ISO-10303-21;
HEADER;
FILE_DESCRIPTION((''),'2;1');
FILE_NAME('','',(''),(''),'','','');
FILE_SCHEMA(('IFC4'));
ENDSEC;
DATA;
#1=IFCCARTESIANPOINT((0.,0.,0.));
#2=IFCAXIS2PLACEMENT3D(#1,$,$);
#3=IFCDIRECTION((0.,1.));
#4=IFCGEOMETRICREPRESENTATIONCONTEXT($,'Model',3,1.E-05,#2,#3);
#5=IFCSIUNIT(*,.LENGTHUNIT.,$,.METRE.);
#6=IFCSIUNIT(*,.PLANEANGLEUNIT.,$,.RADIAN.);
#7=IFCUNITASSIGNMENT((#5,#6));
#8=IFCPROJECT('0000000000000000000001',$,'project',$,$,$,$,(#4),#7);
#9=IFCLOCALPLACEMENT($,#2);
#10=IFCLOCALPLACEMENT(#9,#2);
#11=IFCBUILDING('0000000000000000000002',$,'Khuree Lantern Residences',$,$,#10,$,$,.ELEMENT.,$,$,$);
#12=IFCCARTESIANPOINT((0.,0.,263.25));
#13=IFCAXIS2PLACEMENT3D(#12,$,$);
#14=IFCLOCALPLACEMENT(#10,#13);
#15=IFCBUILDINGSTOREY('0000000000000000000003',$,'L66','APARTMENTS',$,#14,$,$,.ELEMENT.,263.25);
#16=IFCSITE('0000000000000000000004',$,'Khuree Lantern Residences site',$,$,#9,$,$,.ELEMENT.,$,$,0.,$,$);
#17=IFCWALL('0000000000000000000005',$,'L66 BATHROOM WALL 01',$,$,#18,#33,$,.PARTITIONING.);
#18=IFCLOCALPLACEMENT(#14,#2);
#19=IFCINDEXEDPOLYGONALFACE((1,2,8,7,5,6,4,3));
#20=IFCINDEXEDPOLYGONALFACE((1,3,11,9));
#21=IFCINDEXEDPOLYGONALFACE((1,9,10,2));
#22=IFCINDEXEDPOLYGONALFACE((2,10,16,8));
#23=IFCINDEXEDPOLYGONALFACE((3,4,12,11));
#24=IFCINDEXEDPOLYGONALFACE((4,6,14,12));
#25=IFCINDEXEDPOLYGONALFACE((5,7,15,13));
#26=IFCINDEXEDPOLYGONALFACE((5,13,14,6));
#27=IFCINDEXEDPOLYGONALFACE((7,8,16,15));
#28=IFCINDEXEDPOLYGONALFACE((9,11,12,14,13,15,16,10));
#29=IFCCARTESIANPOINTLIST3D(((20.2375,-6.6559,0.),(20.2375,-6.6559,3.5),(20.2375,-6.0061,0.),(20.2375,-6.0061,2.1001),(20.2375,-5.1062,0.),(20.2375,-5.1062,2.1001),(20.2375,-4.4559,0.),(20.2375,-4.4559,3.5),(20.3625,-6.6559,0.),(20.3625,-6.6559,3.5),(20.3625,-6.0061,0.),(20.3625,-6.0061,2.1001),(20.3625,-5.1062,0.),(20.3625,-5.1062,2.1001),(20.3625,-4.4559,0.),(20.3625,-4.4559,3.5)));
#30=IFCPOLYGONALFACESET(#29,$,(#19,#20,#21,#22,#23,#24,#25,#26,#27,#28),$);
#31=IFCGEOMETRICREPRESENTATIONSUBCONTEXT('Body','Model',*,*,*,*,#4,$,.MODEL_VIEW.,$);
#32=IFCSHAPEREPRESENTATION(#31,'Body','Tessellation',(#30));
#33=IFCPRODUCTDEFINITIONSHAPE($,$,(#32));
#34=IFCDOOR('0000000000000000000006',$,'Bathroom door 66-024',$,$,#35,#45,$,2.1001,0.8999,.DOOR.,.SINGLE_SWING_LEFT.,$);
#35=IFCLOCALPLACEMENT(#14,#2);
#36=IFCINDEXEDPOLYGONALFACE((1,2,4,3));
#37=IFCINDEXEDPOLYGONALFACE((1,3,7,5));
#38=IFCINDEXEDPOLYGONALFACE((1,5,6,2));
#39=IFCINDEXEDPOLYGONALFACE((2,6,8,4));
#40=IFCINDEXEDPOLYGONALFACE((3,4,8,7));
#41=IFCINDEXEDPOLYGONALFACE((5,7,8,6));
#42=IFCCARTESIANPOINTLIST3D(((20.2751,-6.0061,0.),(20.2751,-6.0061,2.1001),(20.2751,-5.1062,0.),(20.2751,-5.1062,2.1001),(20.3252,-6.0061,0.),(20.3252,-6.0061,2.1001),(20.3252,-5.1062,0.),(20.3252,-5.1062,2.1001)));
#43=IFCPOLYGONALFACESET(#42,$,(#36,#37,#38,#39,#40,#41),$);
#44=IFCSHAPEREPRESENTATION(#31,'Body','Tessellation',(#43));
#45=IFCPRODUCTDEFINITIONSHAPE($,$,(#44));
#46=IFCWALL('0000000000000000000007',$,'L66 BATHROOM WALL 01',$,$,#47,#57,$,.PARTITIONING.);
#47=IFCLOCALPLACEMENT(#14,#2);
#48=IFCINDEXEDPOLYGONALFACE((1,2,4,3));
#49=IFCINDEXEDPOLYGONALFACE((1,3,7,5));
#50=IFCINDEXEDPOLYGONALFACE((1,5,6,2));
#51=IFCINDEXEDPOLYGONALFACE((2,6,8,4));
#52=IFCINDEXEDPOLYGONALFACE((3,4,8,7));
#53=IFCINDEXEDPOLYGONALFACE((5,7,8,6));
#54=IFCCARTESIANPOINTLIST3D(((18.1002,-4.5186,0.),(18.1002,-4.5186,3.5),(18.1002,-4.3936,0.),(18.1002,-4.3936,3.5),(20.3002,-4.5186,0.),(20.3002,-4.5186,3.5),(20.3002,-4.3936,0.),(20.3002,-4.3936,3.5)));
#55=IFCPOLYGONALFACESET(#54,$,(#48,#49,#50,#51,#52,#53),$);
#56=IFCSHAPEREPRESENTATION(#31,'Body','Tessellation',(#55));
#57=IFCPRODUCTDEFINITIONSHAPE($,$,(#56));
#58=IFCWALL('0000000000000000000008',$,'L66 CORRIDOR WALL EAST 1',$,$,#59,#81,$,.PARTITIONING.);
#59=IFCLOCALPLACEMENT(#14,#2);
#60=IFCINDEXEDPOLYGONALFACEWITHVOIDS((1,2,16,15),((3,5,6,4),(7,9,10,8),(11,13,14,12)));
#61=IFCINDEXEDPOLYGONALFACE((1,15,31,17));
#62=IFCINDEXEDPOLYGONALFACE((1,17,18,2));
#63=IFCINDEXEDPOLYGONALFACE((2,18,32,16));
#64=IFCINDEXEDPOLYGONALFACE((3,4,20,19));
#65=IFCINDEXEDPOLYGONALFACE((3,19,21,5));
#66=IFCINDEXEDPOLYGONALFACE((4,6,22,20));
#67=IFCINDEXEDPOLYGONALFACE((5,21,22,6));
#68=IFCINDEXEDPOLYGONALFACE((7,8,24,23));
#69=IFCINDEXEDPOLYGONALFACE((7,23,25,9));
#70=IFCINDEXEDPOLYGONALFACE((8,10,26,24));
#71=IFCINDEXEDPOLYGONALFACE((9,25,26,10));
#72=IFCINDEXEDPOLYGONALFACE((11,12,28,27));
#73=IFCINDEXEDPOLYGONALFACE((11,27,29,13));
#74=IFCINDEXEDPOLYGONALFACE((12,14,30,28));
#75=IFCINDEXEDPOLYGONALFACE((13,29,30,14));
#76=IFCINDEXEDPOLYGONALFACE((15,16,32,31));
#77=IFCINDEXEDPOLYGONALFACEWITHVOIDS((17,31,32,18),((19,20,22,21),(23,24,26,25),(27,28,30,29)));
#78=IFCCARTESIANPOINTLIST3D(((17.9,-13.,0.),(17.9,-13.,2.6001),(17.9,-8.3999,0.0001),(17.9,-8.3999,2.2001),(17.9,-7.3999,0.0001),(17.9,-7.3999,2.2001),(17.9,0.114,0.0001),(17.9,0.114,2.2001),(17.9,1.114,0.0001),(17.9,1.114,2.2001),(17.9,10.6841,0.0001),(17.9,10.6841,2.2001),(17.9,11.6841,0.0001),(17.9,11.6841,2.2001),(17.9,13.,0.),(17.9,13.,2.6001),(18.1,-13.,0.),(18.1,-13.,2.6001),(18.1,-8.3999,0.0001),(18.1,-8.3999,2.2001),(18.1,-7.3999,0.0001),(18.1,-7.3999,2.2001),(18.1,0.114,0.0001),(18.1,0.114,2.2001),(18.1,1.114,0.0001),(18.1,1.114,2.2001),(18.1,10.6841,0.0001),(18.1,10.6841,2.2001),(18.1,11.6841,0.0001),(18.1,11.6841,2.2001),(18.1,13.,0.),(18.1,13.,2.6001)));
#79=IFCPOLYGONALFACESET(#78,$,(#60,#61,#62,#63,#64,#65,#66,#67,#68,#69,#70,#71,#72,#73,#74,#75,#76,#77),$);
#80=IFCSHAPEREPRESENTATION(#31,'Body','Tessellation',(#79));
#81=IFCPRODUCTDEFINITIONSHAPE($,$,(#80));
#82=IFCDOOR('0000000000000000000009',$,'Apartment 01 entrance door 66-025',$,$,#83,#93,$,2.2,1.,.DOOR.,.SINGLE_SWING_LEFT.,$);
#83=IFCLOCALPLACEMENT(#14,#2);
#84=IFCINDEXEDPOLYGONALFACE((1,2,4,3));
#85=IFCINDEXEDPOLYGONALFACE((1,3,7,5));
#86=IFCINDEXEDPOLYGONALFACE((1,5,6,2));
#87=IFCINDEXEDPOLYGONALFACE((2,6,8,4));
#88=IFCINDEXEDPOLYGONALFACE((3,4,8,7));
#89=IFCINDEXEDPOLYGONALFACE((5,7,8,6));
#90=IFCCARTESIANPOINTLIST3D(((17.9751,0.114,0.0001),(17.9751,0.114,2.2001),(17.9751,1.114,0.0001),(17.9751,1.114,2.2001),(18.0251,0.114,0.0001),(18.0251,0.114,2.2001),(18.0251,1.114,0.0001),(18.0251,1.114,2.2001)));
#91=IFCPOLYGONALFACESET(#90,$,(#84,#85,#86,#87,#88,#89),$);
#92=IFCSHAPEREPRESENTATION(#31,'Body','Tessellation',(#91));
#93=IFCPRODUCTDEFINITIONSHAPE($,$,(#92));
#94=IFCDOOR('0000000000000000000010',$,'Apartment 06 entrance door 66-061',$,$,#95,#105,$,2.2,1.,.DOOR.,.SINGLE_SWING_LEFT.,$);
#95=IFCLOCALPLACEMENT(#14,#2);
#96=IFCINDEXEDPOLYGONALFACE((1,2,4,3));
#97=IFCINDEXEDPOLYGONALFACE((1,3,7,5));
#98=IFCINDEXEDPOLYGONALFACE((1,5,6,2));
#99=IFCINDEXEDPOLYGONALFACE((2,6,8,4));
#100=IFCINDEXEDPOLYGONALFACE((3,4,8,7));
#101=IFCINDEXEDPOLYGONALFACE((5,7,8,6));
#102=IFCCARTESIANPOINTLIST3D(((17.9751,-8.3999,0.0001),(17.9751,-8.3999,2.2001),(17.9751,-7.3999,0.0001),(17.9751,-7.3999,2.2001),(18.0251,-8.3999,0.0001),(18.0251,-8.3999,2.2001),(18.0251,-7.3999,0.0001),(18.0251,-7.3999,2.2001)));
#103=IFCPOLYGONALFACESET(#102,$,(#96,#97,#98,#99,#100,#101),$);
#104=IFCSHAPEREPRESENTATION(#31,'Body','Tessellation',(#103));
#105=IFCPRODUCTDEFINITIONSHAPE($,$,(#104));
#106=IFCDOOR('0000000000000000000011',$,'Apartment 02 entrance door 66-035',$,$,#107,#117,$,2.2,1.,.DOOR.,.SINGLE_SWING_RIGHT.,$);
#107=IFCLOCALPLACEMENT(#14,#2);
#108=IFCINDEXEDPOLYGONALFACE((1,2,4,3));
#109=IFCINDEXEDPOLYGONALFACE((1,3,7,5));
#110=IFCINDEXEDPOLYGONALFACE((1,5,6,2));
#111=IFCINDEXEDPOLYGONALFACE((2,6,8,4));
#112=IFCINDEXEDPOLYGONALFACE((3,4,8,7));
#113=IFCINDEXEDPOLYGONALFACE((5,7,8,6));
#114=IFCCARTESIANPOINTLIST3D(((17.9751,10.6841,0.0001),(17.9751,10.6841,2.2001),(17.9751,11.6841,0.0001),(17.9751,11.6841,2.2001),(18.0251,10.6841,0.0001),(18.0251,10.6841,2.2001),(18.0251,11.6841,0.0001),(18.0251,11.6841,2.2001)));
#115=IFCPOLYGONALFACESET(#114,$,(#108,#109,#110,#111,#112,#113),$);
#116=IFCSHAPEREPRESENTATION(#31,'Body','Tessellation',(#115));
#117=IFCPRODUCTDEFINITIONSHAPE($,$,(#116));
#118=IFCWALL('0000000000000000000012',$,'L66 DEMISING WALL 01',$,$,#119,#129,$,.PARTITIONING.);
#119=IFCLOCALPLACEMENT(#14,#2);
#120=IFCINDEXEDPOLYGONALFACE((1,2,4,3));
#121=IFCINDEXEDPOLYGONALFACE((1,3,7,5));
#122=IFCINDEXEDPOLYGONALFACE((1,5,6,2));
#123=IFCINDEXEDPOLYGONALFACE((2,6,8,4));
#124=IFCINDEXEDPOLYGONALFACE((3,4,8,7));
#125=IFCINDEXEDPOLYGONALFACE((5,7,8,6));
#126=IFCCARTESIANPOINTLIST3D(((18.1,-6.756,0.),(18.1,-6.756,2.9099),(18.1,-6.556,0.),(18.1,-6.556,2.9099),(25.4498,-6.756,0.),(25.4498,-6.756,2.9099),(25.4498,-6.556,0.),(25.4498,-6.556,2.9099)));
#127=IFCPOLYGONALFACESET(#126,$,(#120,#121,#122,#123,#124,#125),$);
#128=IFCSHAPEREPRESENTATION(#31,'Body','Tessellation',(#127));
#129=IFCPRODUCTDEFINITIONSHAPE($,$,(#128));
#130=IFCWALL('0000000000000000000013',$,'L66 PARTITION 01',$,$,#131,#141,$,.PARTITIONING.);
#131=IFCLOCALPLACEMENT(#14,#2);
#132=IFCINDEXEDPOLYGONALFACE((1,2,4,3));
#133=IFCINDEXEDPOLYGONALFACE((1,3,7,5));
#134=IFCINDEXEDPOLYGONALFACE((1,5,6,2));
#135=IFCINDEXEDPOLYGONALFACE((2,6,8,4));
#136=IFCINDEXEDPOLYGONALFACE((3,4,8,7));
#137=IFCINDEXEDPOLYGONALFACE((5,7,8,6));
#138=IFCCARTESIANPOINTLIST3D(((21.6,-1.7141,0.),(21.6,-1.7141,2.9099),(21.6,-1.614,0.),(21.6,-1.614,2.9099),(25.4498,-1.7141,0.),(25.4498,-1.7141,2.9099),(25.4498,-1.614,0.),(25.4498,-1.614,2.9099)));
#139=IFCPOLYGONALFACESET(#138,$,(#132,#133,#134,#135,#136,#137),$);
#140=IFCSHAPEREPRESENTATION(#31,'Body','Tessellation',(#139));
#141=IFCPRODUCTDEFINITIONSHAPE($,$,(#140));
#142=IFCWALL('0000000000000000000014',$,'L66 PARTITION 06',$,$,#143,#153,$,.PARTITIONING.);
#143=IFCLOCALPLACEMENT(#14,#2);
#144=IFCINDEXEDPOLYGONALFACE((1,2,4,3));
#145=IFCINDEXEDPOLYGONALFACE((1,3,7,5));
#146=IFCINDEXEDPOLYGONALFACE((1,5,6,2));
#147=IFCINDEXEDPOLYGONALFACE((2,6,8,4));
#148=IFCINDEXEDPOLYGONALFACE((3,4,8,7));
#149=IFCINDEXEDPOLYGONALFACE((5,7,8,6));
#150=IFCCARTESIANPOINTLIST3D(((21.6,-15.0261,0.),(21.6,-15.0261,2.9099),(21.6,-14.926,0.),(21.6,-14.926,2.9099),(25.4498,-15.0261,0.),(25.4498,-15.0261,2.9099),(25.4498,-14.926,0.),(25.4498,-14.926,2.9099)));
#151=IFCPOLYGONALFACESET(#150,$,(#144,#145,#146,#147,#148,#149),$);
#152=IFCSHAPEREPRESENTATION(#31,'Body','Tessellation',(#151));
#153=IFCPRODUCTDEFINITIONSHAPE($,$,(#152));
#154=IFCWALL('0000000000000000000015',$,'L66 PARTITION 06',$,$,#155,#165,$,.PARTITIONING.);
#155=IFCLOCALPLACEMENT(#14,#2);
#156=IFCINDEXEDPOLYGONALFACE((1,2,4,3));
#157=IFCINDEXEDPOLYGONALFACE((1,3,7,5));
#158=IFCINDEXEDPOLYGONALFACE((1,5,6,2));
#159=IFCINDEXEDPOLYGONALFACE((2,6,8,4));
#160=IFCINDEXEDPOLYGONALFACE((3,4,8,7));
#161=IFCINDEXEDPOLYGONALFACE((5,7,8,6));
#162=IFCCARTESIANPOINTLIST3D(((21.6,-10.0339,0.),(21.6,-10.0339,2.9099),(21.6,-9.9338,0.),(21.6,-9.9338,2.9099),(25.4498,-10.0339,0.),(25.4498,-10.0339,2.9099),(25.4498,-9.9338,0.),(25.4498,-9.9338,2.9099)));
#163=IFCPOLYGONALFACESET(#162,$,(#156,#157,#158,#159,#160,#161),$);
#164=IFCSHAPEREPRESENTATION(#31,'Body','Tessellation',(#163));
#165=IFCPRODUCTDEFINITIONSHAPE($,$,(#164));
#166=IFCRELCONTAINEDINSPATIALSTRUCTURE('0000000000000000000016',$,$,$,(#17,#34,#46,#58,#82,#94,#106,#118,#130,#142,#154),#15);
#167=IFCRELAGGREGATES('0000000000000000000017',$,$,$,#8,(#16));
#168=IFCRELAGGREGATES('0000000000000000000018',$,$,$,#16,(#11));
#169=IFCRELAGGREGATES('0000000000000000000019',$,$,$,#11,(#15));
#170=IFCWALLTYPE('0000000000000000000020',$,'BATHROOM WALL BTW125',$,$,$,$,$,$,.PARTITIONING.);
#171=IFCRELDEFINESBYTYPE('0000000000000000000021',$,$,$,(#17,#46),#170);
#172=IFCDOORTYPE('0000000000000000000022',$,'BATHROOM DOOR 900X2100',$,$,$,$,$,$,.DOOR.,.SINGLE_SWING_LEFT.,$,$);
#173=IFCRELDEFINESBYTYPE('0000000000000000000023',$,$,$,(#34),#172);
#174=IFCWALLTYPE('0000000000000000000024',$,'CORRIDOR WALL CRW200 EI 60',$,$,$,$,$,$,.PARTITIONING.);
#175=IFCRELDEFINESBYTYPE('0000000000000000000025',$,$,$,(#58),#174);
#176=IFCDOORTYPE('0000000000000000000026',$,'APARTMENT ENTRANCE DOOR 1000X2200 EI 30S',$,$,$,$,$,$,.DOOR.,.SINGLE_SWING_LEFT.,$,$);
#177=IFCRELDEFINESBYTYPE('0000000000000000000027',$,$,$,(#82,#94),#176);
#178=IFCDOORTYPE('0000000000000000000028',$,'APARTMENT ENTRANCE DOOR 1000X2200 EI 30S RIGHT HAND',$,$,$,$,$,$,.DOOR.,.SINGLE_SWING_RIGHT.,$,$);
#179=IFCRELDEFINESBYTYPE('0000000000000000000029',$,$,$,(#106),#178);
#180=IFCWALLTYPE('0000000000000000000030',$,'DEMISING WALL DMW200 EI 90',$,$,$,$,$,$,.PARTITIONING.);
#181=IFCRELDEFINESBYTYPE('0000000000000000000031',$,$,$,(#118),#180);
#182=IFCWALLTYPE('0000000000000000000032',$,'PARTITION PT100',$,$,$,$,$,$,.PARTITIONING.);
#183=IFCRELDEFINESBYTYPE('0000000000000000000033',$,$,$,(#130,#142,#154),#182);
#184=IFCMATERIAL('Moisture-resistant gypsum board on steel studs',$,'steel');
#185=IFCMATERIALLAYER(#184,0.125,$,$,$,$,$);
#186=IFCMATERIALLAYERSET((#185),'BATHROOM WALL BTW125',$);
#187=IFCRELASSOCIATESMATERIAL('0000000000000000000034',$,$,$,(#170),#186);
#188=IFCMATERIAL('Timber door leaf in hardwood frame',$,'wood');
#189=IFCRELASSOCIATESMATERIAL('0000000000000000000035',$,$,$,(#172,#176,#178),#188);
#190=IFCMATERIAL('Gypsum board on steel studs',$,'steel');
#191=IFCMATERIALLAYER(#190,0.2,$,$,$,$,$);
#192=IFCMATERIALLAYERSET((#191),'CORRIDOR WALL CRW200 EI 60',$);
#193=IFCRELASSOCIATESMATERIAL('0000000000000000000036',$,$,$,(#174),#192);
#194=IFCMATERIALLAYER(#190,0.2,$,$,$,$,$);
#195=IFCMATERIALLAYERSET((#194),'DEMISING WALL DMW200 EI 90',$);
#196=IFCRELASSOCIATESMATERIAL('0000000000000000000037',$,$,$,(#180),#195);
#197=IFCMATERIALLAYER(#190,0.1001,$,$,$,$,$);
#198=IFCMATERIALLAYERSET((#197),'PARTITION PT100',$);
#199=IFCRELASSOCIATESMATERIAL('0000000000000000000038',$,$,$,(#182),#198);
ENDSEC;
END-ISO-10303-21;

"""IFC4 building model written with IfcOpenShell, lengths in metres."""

from ifc_helpers import new_model, si_unit, direction, frame, frame_2d, origin, place, context, subcontext, project, spatial, rectangle, extrude, material, layer, layer_set, type_object, element, fill, save


model = new_model("IFC4")

# Units and contexts
model_context = context("Model", 3, precision=1e-05, world=origin(), true_north=direction((0.0, 1.0)))
body_context = subcontext(model_context, "Body", "Model", "MODEL_VIEW")
ifc_project = project(units=[si_unit("LENGTHUNIT", "METRE"), si_unit("PLANEANGLEUNIT", "RADIAN")], contexts=[model_context])

# Site, building, storey
site_placement = place(None, origin())
site = spatial("IfcSite", under=ifc_project, at=site_placement, Name="Khuree Lantern Residences site", CompositionType="ELEMENT", RefElevation=0.0)
building_placement = place(site_placement, origin())
building = spatial("IfcBuilding", under=site, at=building_placement, Name="Khuree Lantern Residences", CompositionType="ELEMENT")
storey_placement = place(building_placement, frame((0.0, 0.0, 263.25)))
storey = spatial("IfcBuildingStorey", under=building, at=storey_placement, Name="L66", Description="APARTMENTS", CompositionType="ELEMENT", Elevation=263.25)

# Wall, opening, door
ifc_material_1 = material(Name="Moisture-resistant gypsum board on steel studs", Category="steel")
ifc_layer_1 = layer(ifc_material_1, 0.125)
ifc_layer_set_1 = layer_set([ifc_layer_1], Name="BATHROOM WALL BTW125")
wall_type_1 = type_object("IfcWallType", Name="BATHROOM WALL BTW125", PredefinedType="PARTITIONING", material=ifc_layer_set_1)
wall_1_placement = place(storey_placement, frame((20.3, -6.656, 0.0), z_axis=(0.0, 0.0, 1.0), x_axis=(0.0, 1.0, 0.0)))
wall_1 = element("IfcWall", 1, at=wall_1_placement, inside=storey, type_object=wall_type_1, Name="L66 BATHROOM WALL 01", PredefinedType="PARTITIONING", context=body_context, shape_type="SweptSolid", body=[
    extrude(rectangle(XDim=2.2, YDim=0.125, at=frame_2d((1.1001, 0.0))), origin(), (0.0, 0.0, 1.0), 3.5),
])
opening_1_placement = place(wall_1_placement, frame((0.6499, 0.0, 0.0)))
opening_1 = element("IfcOpeningElement", 2, at=opening_1_placement, cuts=wall_1, PredefinedType="OPENING", context=body_context, shape_type="SweptSolid", body=[
    extrude(rectangle(XDim=0.8999, YDim=2.1001, at=frame_2d((0.45, 1.05))), frame((0.0, 0.0725, 0.0), z_axis=(0.0, -1.0, 0.0), x_axis=(1.0, 0.0, 0.0)), (0.0, 0.0, 1.0), 0.145),
])
ifc_material_2 = material(Name="Timber door leaf in hardwood frame", Category="wood")
door_type_1 = type_object("IfcDoorType", Name="BATHROOM DOOR 900X2100", OperationType="SINGLE_SWING_LEFT", PredefinedType="DOOR", material=ifc_material_2)
door_1_placement = place(opening_1_placement, origin())
door_1 = element("IfcDoor", 3, at=door_1_placement, inside=storey, type_object=door_type_1, Name="Bathroom door 66-024", OperationType="SINGLE_SWING_LEFT", OverallHeight=2.1001, OverallWidth=0.8999, PredefinedType="DOOR", context=body_context, shape_type="SweptSolid", body=[
    extrude(rectangle(XDim=0.8999, YDim=2.1001, at=frame_2d((0.45, 1.05))), frame((0.0, 0.0249, 0.0), z_axis=(0.0, -1.0, 0.0), x_axis=(1.0, 0.0, 0.0)), (0.0, 0.0, 1.0), 0.05),
])
fill(opening_1, door_1)

# Wall
wall_2_placement = place(storey_placement, frame((18.1001, -4.4561, 0.0), z_axis=(0.0, 0.0, 1.0), x_axis=(1.0, 0.0, 0.0)))
element("IfcWall", 4, at=wall_2_placement, inside=storey, type_object=wall_type_1, Name="L66 BATHROOM WALL 01", PredefinedType="PARTITIONING", context=body_context, shape_type="SweptSolid", body=[
    extrude(rectangle(XDim=2.2, YDim=0.125, at=frame_2d((1.1001, 0.0))), origin(), (0.0, 0.0, 1.0), 3.5),
])

# Wall, openings, doors
ifc_material_3 = material(Name="Gypsum board on steel studs", Category="steel")
ifc_layer_2 = layer(ifc_material_3, 0.2)
ifc_layer_set_2 = layer_set([ifc_layer_2], Name="CORRIDOR WALL CRW200 EI 60")
wall_type_2 = type_object("IfcWallType", Name="CORRIDOR WALL CRW200 EI 60", PredefinedType="PARTITIONING", material=ifc_layer_set_2)
wall_3_placement = place(storey_placement, frame((18.0, -13.0, 0.0), z_axis=(0.0, 0.0, 1.0), x_axis=(0.0, 1.0, 0.0)))
wall_3 = element("IfcWall", 5, at=wall_3_placement, inside=storey, type_object=wall_type_2, Name="L66 CORRIDOR WALL EAST 1", PredefinedType="PARTITIONING", context=body_context, shape_type="SweptSolid", body=[
    extrude(rectangle(XDim=26.0, YDim=0.2, at=frame_2d((13.0, 0.0))), origin(), (0.0, 0.0, 1.0), 2.6001),
])
opening_2_placement = place(wall_3_placement, frame((13.114, 0.0, 0.0)))
opening_2 = element("IfcOpeningElement", 6, at=opening_2_placement, cuts=wall_3, PredefinedType="OPENING", context=body_context, shape_type="SweptSolid", body=[
    extrude(rectangle(XDim=1.0, YDim=2.2, at=frame_2d((0.5, 1.1001))), frame((0.0, 0.1099, 0.0), z_axis=(0.0, -1.0, 0.0), x_axis=(1.0, 0.0, 0.0)), (0.0, 0.0, 1.0), 0.22),
])
opening_3_placement = place(wall_3_placement, frame((23.6841, 0.0, 0.0)))
opening_3 = element("IfcOpeningElement", 7, at=opening_3_placement, cuts=wall_3, PredefinedType="OPENING", context=body_context, shape_type="SweptSolid", body=[
    extrude(rectangle(XDim=1.0, YDim=2.2, at=frame_2d((0.5, 1.1001))), frame((0.0, 0.1099, 0.0), z_axis=(0.0, -1.0, 0.0), x_axis=(1.0, 0.0, 0.0)), (0.0, 0.0, 1.0), 0.22),
])
opening_4_placement = place(wall_3_placement, frame((4.6001, 0.0, 0.0)))
opening_4 = element("IfcOpeningElement", 8, at=opening_4_placement, cuts=wall_3, PredefinedType="OPENING", context=body_context, shape_type="SweptSolid", body=[
    extrude(rectangle(XDim=1.0, YDim=2.2, at=frame_2d((0.5, 1.1001))), frame((0.0, 0.1099, 0.0), z_axis=(0.0, -1.0, 0.0), x_axis=(1.0, 0.0, 0.0)), (0.0, 0.0, 1.0), 0.22),
])
door_type_2 = type_object("IfcDoorType", Name="APARTMENT ENTRANCE DOOR 1000X2200 EI 30S", OperationType="SINGLE_SWING_LEFT", PredefinedType="DOOR", material=ifc_material_2)
door_2_placement = place(opening_2_placement, origin())
door_2 = element("IfcDoor", 9, at=door_2_placement, inside=storey, type_object=door_type_2, Name="Apartment 01 entrance door 66-025", OperationType="SINGLE_SWING_LEFT", OverallHeight=2.2, OverallWidth=1.0, PredefinedType="DOOR", context=body_context, shape_type="SweptSolid", body=[
    extrude(rectangle(XDim=1.0, YDim=2.2, at=frame_2d((0.5, 1.1001))), frame((0.0, 0.0249, 0.0), z_axis=(0.0, -1.0, 0.0), x_axis=(1.0, 0.0, 0.0)), (0.0, 0.0, 1.0), 0.05),
])
fill(opening_2, door_2)
door_3_placement = place(opening_4_placement, origin())
door_3 = element("IfcDoor", 10, at=door_3_placement, inside=storey, type_object=door_type_2, Name="Apartment 06 entrance door 66-061", OperationType="SINGLE_SWING_LEFT", OverallHeight=2.2, OverallWidth=1.0, PredefinedType="DOOR", context=body_context, shape_type="SweptSolid", body=[
    extrude(rectangle(XDim=1.0, YDim=2.2, at=frame_2d((0.5, 1.1001))), frame((0.0, 0.0249, 0.0), z_axis=(0.0, -1.0, 0.0), x_axis=(1.0, 0.0, 0.0)), (0.0, 0.0, 1.0), 0.05),
])
fill(opening_4, door_3)
door_type_3 = type_object("IfcDoorType", Name="APARTMENT ENTRANCE DOOR 1000X2200 EI 30S RIGHT HAND", OperationType="SINGLE_SWING_RIGHT", PredefinedType="DOOR", material=ifc_material_2)
door_4_placement = place(opening_3_placement, origin())
door_4 = element("IfcDoor", 11, at=door_4_placement, inside=storey, type_object=door_type_3, Name="Apartment 02 entrance door 66-035", OperationType="SINGLE_SWING_RIGHT", OverallHeight=2.2, OverallWidth=1.0, PredefinedType="DOOR", context=body_context, shape_type="SweptSolid", body=[
    extrude(rectangle(XDim=1.0, YDim=2.2, at=frame_2d((0.5, 1.1001))), frame((0.0, 0.0249, 0.0), z_axis=(0.0, -1.0, 0.0), x_axis=(1.0, 0.0, 0.0)), (0.0, 0.0, 1.0), 0.05),
])
fill(opening_3, door_4)

# Walls
ifc_layer_3 = layer(ifc_material_3, 0.2)
ifc_layer_set_3 = layer_set([ifc_layer_3], Name="DEMISING WALL DMW200 EI 90")
wall_type_3 = type_object("IfcWallType", Name="DEMISING WALL DMW200 EI 90", PredefinedType="PARTITIONING", material=ifc_layer_set_3)
wall_4_placement = place(storey_placement, frame((18.1001, -6.656, 0.0), z_axis=(0.0, 0.0, 1.0), x_axis=(1.0, 0.0, 0.0)))
element("IfcWall", 12, at=wall_4_placement, inside=storey, type_object=wall_type_3, Name="L66 DEMISING WALL 01", PredefinedType="PARTITIONING", context=body_context, shape_type="SweptSolid", body=[
    extrude(rectangle(XDim=7.3499, YDim=0.2, at=frame_2d((3.6748, 0.0))), origin(), (0.0, 0.0, 1.0), 2.9099),
])
ifc_layer_4 = layer(ifc_material_3, 0.1001)
ifc_layer_set_4 = layer_set([ifc_layer_4], Name="PARTITION PT100")
wall_type_4 = type_object("IfcWallType", Name="PARTITION PT100", PredefinedType="PARTITIONING", material=ifc_layer_set_4)
for number, where, z_axis, x_axis, name in (
    (13, (21.6001, -1.6641, 0.0), (0.0, 0.0, 1.0), (1.0, 0.0, 0.0), "L66 PARTITION 01"),
    (14, (21.6001, -14.9761, 0.0), (0.0, 0.0, 1.0), (1.0, 0.0, 0.0), "L66 PARTITION 06"),
    (15, (21.6001, -9.9839, 0.0), (0.0, 0.0, 1.0), (1.0, 0.0, 0.0), "L66 PARTITION 06"),
):
    element("IfcWall", number, at=place(storey_placement, frame(where, z_axis=z_axis, x_axis=x_axis)), inside=storey, type_object=wall_type_4, Name=name, PredefinedType="PARTITIONING", context=body_context, shape_type="SweptSolid", body=[
        extrude(rectangle(XDim=3.8499, YDim=0.1001, at=frame_2d((1.9248, 0.0))), origin(), (0.0, 0.0, 1.0), 2.9099),
    ])

save(model, "model.ifc")
